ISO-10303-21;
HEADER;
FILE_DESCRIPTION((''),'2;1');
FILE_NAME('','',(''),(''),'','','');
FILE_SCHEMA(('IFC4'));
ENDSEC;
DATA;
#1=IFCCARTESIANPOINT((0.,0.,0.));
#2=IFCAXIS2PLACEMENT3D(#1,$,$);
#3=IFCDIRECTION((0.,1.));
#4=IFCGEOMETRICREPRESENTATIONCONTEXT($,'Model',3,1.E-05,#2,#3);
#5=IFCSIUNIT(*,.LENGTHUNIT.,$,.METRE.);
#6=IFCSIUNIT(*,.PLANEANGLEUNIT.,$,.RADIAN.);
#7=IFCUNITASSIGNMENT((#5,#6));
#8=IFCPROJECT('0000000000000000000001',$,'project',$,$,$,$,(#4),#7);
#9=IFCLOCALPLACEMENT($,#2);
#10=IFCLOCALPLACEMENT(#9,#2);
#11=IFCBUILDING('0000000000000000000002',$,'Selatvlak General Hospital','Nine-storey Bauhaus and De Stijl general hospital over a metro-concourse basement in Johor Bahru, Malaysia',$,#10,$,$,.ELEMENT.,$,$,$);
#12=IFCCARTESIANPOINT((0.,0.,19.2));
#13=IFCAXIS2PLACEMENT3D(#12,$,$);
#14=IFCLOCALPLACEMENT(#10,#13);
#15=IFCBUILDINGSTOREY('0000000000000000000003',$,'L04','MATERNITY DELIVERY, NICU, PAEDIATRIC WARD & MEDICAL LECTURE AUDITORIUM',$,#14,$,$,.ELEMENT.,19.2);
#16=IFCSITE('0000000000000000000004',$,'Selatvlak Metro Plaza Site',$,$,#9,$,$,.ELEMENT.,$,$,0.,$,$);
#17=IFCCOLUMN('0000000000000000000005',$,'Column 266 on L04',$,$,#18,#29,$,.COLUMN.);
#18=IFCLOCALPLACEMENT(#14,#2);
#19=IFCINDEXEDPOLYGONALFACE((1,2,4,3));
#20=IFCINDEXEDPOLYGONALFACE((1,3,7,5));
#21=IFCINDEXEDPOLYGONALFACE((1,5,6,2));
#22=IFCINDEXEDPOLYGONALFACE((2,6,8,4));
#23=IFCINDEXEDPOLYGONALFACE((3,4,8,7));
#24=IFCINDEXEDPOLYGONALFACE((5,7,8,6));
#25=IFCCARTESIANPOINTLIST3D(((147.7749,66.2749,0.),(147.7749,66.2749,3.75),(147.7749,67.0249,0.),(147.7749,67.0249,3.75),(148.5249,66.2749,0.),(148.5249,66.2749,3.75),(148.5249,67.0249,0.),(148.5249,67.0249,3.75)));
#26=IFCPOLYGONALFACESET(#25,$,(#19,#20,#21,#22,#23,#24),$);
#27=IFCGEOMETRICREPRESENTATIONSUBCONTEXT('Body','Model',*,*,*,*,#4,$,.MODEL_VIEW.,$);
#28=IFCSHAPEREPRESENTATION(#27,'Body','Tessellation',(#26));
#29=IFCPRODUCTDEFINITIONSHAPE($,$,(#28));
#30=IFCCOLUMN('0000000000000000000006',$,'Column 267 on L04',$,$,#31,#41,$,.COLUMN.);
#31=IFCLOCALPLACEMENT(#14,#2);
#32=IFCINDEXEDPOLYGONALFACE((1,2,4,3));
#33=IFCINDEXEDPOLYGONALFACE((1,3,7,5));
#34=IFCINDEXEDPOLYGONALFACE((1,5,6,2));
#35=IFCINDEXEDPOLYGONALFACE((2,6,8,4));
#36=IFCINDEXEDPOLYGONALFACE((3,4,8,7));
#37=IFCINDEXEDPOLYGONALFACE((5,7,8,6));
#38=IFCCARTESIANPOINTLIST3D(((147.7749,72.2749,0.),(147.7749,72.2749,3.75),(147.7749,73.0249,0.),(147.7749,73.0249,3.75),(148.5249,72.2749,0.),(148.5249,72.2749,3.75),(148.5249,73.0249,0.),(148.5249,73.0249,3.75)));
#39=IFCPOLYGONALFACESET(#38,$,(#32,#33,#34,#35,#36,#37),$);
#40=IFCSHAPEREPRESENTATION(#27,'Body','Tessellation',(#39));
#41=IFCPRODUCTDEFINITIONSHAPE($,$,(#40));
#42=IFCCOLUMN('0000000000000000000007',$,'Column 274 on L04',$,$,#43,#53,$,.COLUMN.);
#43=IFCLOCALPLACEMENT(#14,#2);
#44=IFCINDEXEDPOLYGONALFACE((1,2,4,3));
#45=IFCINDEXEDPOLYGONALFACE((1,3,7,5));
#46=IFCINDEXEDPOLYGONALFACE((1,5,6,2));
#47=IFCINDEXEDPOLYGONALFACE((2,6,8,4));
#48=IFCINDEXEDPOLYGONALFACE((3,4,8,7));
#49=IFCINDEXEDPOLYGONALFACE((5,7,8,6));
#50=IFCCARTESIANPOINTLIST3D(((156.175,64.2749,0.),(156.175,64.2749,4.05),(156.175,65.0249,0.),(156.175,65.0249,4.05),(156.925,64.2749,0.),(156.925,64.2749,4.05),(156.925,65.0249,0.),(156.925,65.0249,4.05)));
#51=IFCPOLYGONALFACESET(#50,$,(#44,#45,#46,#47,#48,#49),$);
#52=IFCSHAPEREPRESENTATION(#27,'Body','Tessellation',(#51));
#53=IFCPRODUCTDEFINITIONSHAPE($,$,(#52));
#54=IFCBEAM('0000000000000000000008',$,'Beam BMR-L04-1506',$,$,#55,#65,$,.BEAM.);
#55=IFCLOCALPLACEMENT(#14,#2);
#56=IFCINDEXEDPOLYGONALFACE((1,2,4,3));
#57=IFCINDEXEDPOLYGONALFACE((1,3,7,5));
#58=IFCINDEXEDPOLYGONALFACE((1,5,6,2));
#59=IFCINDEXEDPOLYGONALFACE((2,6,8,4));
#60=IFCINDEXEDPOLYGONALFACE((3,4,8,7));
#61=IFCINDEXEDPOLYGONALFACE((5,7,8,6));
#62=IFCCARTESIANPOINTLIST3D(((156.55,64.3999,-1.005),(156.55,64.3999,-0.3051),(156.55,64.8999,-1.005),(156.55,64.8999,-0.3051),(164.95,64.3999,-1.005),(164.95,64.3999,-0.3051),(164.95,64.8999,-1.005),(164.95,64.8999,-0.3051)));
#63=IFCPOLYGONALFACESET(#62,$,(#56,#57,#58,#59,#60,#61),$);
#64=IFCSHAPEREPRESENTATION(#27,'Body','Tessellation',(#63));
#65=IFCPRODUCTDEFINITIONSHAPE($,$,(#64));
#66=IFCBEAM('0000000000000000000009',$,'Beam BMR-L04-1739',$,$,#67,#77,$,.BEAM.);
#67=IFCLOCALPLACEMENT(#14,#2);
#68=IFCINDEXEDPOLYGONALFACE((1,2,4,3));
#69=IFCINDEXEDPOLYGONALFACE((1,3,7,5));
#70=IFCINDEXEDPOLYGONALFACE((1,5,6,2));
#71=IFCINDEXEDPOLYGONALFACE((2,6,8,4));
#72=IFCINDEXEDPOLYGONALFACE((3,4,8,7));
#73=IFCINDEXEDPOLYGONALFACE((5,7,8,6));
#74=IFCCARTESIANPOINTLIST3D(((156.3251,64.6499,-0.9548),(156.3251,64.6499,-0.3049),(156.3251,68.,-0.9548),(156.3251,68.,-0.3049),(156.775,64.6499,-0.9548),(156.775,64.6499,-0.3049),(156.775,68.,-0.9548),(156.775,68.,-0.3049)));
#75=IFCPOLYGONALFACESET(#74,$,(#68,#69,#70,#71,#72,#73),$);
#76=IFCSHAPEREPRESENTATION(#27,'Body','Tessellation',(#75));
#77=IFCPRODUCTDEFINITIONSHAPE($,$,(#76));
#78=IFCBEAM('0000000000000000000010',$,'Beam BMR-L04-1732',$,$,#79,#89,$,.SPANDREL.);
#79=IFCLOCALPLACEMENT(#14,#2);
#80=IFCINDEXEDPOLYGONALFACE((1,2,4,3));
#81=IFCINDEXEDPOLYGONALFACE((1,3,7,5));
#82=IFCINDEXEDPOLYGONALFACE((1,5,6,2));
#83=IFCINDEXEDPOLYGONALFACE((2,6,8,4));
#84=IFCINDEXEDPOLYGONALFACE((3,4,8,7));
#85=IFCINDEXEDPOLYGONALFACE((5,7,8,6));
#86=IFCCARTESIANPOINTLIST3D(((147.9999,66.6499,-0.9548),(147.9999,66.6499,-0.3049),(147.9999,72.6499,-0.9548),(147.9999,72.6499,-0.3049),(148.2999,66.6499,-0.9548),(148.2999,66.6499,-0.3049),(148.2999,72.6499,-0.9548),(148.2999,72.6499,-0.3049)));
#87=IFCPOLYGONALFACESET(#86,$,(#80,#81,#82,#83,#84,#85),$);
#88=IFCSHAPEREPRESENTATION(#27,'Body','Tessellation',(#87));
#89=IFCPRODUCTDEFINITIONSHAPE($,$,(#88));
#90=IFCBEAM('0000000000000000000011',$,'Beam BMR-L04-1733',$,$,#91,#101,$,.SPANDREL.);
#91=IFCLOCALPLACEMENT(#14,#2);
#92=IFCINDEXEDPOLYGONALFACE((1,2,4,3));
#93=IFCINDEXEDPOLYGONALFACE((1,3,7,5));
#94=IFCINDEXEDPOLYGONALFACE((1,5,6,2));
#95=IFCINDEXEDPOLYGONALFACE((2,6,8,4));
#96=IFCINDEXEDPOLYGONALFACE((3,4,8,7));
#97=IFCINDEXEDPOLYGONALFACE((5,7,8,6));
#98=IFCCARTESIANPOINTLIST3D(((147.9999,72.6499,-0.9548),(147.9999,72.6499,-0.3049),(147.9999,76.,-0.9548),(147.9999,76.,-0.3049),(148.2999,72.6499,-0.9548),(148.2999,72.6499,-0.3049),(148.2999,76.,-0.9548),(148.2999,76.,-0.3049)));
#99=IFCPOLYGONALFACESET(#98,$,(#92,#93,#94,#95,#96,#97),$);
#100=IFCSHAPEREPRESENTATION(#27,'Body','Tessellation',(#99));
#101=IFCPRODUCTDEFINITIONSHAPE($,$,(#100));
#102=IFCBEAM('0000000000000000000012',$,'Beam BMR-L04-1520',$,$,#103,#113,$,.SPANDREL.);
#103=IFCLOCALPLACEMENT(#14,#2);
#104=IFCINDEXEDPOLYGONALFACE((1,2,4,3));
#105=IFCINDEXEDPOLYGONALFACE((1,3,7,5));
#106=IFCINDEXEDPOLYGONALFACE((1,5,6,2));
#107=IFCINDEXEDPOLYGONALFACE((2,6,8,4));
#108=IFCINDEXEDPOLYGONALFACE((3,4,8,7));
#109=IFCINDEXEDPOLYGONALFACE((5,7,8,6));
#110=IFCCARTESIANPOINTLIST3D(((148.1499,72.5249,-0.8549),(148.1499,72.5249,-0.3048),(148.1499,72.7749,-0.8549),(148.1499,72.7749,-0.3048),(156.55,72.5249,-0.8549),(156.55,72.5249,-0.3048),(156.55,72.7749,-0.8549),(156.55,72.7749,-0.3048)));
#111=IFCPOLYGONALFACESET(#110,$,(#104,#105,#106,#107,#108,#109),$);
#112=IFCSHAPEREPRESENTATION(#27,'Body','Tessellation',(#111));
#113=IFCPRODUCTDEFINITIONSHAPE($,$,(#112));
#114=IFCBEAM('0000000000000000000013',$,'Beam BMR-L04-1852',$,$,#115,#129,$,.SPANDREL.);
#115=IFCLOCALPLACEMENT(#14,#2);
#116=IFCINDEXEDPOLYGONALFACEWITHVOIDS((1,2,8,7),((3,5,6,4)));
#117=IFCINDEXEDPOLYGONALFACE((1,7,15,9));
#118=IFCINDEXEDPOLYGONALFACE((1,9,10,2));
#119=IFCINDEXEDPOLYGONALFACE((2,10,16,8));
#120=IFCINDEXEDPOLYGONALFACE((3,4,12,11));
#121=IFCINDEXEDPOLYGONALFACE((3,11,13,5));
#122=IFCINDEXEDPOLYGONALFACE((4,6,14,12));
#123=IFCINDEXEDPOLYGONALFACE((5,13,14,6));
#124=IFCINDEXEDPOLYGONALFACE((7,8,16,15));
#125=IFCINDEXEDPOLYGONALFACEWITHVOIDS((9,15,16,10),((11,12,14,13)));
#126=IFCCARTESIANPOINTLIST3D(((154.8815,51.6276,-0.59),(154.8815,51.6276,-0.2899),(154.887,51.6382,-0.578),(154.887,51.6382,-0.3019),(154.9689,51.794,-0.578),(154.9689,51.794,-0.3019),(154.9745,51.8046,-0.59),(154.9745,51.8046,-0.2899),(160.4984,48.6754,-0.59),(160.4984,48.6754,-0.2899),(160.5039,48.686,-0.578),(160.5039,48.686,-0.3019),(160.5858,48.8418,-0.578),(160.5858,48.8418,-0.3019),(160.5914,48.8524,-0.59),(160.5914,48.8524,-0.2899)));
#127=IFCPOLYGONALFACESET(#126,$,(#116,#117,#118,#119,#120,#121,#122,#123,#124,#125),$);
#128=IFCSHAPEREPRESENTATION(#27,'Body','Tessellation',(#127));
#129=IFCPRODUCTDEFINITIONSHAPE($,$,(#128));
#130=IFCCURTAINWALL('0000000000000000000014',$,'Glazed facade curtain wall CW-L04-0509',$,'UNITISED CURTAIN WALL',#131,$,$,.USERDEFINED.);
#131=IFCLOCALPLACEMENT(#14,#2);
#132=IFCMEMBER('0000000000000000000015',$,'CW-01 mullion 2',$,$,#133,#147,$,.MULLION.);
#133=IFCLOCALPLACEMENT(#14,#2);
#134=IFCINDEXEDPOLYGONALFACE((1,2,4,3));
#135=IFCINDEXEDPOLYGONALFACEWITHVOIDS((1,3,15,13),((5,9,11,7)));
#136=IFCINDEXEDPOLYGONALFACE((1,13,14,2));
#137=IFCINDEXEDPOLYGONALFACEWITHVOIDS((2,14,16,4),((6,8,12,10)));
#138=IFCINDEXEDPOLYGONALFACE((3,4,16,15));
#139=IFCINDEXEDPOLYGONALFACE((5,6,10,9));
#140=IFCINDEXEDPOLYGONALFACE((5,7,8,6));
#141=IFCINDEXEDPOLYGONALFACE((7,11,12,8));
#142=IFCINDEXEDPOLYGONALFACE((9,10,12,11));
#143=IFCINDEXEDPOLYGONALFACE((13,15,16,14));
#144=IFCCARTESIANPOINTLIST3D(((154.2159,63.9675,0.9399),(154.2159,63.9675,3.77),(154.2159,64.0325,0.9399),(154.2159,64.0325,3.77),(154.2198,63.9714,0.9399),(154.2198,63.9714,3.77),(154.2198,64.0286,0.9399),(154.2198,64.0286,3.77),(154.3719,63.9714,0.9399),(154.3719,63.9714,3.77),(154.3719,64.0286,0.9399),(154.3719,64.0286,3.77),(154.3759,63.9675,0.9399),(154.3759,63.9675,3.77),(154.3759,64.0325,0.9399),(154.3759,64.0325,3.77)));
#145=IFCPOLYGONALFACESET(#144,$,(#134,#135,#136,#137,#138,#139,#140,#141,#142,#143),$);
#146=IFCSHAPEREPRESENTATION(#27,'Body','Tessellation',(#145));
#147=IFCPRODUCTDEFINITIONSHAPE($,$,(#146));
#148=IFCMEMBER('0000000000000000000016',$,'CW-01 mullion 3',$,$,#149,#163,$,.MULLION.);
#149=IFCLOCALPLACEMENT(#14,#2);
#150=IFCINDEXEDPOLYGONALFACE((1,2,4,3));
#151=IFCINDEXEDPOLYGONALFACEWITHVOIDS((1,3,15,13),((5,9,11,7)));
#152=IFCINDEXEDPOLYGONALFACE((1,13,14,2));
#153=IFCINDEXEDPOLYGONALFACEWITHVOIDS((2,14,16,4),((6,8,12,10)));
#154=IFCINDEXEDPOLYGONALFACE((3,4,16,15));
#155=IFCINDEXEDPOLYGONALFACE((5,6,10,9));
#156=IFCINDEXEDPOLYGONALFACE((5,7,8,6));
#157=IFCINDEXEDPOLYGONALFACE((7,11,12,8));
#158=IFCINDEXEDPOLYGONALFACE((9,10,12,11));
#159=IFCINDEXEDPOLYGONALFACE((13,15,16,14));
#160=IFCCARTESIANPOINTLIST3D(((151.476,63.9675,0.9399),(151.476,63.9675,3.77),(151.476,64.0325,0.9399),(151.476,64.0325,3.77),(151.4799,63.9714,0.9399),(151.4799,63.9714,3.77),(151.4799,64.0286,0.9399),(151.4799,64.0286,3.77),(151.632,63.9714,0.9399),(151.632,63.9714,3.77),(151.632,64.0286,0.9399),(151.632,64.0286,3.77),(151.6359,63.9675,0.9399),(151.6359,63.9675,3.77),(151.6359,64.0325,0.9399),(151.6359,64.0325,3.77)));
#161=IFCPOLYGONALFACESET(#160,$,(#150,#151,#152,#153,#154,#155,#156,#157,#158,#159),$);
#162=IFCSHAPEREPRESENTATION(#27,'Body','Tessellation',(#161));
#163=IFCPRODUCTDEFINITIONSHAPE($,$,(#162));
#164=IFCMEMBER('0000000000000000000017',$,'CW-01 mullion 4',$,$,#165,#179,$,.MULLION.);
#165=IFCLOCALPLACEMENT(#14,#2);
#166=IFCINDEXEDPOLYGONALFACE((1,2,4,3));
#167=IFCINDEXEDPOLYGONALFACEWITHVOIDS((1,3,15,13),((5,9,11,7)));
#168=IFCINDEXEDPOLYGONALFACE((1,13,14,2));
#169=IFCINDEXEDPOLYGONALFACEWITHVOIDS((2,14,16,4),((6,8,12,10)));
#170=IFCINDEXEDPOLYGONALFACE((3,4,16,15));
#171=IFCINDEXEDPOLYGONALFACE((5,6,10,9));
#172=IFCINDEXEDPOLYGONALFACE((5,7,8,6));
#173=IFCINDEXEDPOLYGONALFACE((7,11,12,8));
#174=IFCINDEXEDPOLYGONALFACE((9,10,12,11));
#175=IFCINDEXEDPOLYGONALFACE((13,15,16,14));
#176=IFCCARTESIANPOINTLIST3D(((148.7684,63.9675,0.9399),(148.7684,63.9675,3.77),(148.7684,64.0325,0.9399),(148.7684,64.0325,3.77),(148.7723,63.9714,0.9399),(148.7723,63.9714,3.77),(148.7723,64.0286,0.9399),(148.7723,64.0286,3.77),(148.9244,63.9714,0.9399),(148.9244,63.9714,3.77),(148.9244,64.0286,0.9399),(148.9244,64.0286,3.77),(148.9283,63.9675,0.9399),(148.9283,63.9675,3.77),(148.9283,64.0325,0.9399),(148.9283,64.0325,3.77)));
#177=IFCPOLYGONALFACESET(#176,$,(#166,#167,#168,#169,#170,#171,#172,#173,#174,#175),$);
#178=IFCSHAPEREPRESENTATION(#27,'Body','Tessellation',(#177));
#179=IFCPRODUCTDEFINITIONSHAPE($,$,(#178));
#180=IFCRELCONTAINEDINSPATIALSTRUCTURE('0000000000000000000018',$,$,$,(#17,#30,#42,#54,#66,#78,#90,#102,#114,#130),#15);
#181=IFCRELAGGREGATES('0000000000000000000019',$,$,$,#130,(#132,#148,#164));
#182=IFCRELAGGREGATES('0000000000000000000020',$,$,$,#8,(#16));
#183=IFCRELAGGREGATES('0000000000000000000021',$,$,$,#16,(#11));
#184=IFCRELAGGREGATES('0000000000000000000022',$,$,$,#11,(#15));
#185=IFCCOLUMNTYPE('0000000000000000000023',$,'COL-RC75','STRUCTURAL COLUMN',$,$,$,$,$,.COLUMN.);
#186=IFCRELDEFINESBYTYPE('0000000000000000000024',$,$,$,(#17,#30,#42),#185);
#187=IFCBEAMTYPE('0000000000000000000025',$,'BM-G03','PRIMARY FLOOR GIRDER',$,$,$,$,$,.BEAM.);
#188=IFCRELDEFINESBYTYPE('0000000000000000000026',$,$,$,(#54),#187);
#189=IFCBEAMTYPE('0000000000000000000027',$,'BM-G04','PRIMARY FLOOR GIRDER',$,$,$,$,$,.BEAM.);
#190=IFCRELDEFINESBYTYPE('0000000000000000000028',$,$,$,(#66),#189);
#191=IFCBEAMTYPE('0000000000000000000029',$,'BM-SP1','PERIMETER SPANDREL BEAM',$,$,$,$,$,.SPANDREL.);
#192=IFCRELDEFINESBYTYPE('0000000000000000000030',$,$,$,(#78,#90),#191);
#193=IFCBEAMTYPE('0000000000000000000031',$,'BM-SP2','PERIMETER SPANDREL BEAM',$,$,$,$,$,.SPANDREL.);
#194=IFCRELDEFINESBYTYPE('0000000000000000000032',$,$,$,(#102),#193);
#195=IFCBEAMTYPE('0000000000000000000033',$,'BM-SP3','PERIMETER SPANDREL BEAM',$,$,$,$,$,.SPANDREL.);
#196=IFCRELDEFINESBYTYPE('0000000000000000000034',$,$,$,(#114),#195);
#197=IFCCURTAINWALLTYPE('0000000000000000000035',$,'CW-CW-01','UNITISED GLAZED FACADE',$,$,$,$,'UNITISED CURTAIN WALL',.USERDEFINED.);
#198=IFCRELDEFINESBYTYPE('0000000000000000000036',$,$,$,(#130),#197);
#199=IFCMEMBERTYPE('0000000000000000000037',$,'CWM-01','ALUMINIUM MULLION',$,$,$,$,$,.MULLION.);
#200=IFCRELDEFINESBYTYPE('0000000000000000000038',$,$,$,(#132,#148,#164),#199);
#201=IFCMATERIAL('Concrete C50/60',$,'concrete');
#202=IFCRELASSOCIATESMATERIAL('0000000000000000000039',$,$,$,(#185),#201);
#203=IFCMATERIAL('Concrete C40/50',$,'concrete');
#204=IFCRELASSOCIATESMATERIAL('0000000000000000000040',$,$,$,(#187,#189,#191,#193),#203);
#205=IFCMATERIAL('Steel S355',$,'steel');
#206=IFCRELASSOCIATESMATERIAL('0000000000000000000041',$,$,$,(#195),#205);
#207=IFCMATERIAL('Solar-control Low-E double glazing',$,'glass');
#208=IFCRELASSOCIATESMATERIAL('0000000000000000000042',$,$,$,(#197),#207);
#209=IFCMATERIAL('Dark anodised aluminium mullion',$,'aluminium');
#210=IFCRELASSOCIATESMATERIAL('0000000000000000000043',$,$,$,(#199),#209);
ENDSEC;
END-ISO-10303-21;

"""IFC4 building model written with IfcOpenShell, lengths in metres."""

from ifc_helpers import new_model, si_unit, direction, frame, origin, origin_2d, place, context, subcontext, project, spatial, rectangle, hollow_rectangle, extrude, material, material_profile, profile_set, type_object, element, aggregate, save


model = new_model("IFC4")

# Units and contexts
model_context = context("Model", 3, precision=1e-05, world=origin(), true_north=direction((0.0, 1.0)))
body_context = subcontext(model_context, "Body", "Model", "MODEL_VIEW")
ifc_project = project(units=[si_unit("LENGTHUNIT", "METRE"), si_unit("PLANEANGLEUNIT", "RADIAN")], contexts=[model_context])

# Site, building, storey
site_placement = place(None, origin())
site = spatial("IfcSite", under=ifc_project, at=site_placement, Name="Selatvlak Metro Plaza Site", CompositionType="ELEMENT", RefElevation=0.0)
building_placement = place(site_placement, origin())
building = spatial("IfcBuilding", under=site, at=building_placement, Name="Selatvlak General Hospital", Description="Nine-storey Bauhaus and De Stijl general hospital over a metro-concourse basement in Johor Bahru, Malaysia", CompositionType="ELEMENT")
storey_placement = place(building_placement, frame((0.0, 0.0, 19.2)))
storey = spatial("IfcBuildingStorey", under=building, at=storey_placement, Name="L04", Description="MATERNITY DELIVERY, NICU, PAEDIATRIC WARD & MEDICAL LECTURE AUDITORIUM", CompositionType="ELEMENT", Elevation=19.2)

# Columns
ifc_material_1 = material(Name="Concrete C50/60", Category="concrete")
ifc_material_profile_1 = material_profile(ifc_material_1, rectangle(XDim=0.75, YDim=0.75, at=origin_2d()), Name="RC-COL 750x750")
ifc_profile_set_1 = profile_set([ifc_material_profile_1], Name="Concrete C50/60")
column_type = type_object("IfcColumnType", Name="COL-RC75", Description="STRUCTURAL COLUMN", PredefinedType="COLUMN", material=ifc_profile_set_1)
for number, where, z_axis, x_axis, name in (
    (1, (148.1499, 66.6499, 0.0), (0.0, 0.0, 1.0), (1.0, 0.0, 0.0), "Column 266 on L04"),
    (2, (148.1499, 72.6499, 0.0), (0.0, 0.0, 1.0), (1.0, 0.0, 0.0), "Column 267 on L04"),
):
    element("IfcColumn", number, at=place(storey_placement, frame(where, z_axis=z_axis, x_axis=x_axis)), inside=storey, type_object=column_type, Name=name, PredefinedType="COLUMN", context=body_context, shape_type="SweptSolid", body=[
        extrude(rectangle(XDim=0.75, YDim=0.75, at=origin_2d()), origin(), (0.0, 0.0, 1.0), 3.75),
    ])
column_placement = place(storey_placement, frame((156.55, 64.6499, 0.0), z_axis=(0.0, 0.0, 1.0), x_axis=(1.0, 0.0, 0.0)))
element("IfcColumn", 3, at=column_placement, inside=storey, type_object=column_type, Name="Column 274 on L04", PredefinedType="COLUMN", context=body_context, shape_type="SweptSolid", body=[
    extrude(rectangle(XDim=0.75, YDim=0.75, at=origin_2d()), origin(), (0.0, 0.0, 1.0), 4.05),
])

# Beams
ifc_material_2 = material(Name="Concrete C40/50", Category="concrete")
ifc_material_profile_2 = material_profile(ifc_material_2, rectangle(XDim=0.5, YDim=0.7, at=origin_2d()), Name="RC-BM 500x700")
ifc_profile_set_2 = profile_set([ifc_material_profile_2], Name="Concrete C40/50")
beam_type_1 = type_object("IfcBeamType", Name="BM-G03", Description="PRIMARY FLOOR GIRDER", PredefinedType="BEAM", material=ifc_profile_set_2)
beam_1_placement = place(storey_placement, frame((156.55, 64.6499, -0.655), z_axis=(1.0, 0.0, 0.0), x_axis=(0.0, 1.0, 0.0)))
element("IfcBeam", 4, at=beam_1_placement, inside=storey, type_object=beam_type_1, Name="Beam BMR-L04-1506", PredefinedType="BEAM", context=body_context, shape_type="SweptSolid", body=[
    extrude(rectangle(XDim=0.5, YDim=0.7, at=origin_2d()), origin(), (0.0, 0.0, 1.0), 8.3999),
])
ifc_material_profile_3 = material_profile(ifc_material_2, rectangle(XDim=0.45, YDim=0.6499, at=origin_2d()), Name="RC-BM 450x650")
ifc_profile_set_3 = profile_set([ifc_material_profile_3], Name="Concrete C40/50")
beam_type_2 = type_object("IfcBeamType", Name="BM-G04", Description="PRIMARY FLOOR GIRDER", PredefinedType="BEAM", material=ifc_profile_set_3)
beam_2_placement = place(storey_placement, frame((156.55, 64.6499, -0.6299), z_axis=(0.0, 1.0, 0.0), x_axis=(-1.0, 0.0, 0.0)))
element("IfcBeam", 5, at=beam_2_placement, inside=storey, type_object=beam_type_2, Name="Beam BMR-L04-1739", PredefinedType="BEAM", context=body_context, shape_type="SweptSolid", body=[
    extrude(rectangle(XDim=0.45, YDim=0.6499, at=origin_2d()), origin(), (0.0, 0.0, 1.0), 3.3501),
])
ifc_material_profile_4 = material_profile(ifc_material_2, rectangle(XDim=0.3, YDim=0.6499, at=origin_2d()), Name="RC-SP 300x650")
ifc_profile_set_4 = profile_set([ifc_material_profile_4], Name="Concrete C40/50")
beam_type_3 = type_object("IfcBeamType", Name="BM-SP1", Description="PERIMETER SPANDREL BEAM", PredefinedType="SPANDREL", material=ifc_profile_set_4)
beam_3_placement = place(storey_placement, frame((148.1499, 66.6499, -0.6299), z_axis=(0.0, 1.0, 0.0), x_axis=(-1.0, 0.0, 0.0)))
element("IfcBeam", 6, at=beam_3_placement, inside=storey, type_object=beam_type_3, Name="Beam BMR-L04-1732", PredefinedType="SPANDREL", context=body_context, shape_type="SweptSolid", body=[
    extrude(rectangle(XDim=0.3, YDim=0.6499, at=origin_2d()), origin(), (0.0, 0.0, 1.0), 6.0),
])
beam_4_placement = place(storey_placement, frame((148.1499, 72.6499, -0.6299), z_axis=(0.0, 1.0, 0.0), x_axis=(-1.0, 0.0, 0.0)))
element("IfcBeam", 7, at=beam_4_placement, inside=storey, type_object=beam_type_3, Name="Beam BMR-L04-1733", PredefinedType="SPANDREL", context=body_context, shape_type="SweptSolid", body=[
    extrude(rectangle(XDim=0.3, YDim=0.6499, at=origin_2d()), origin(), (0.0, 0.0, 1.0), 3.3501),
])
ifc_material_profile_5 = material_profile(ifc_material_2, rectangle(XDim=0.25, YDim=0.55, at=origin_2d()), Name="RC-SP 250x550")
ifc_profile_set_5 = profile_set([ifc_material_profile_5], Name="Concrete C40/50")
beam_type_4 = type_object("IfcBeamType", Name="BM-SP2", Description="PERIMETER SPANDREL BEAM", PredefinedType="SPANDREL", material=ifc_profile_set_5)
beam_5_placement = place(storey_placement, frame((148.1499, 72.6499, -0.5798), z_axis=(1.0, 0.0, 0.0), x_axis=(0.0, 1.0, 0.0)))
element("IfcBeam", 8, at=beam_5_placement, inside=storey, type_object=beam_type_4, Name="Beam BMR-L04-1520", PredefinedType="SPANDREL", context=body_context, shape_type="SweptSolid", body=[
    extrude(rectangle(XDim=0.25, YDim=0.55, at=origin_2d()), origin(), (0.0, 0.0, 1.0), 8.4001),
])
ifc_material_3 = material(Name="Steel S355", Category="steel")
ifc_material_profile_6 = material_profile(ifc_material_3, hollow_rectangle(XDim=0.2, YDim=0.3, WallThickness=0.012, at=origin_2d()), Name="RHS 300x200x12")
ifc_profile_set_6 = profile_set([ifc_material_profile_6], Name="Steel S355")
beam_type_5 = type_object("IfcBeamType", Name="BM-SP3", Description="PERIMETER SPANDREL BEAM", PredefinedType="SPANDREL", material=ifc_profile_set_6)
beam_6_placement = place(storey_placement, frame((154.928, 51.7161, -0.4399), z_axis=(0.885187, -0.465236, 0.0), x_axis=(0.465236, 0.885187, 0.0)))
element("IfcBeam", 9, at=beam_6_placement, inside=storey, type_object=beam_type_5, Name="Beam BMR-L04-1852", PredefinedType="SPANDREL", context=body_context, shape_type="SweptSolid", body=[
    extrude(hollow_rectangle(XDim=0.2, YDim=0.3, WallThickness=0.012, at=origin_2d()), origin(), (0.0, 0.0, 1.0), 6.3455),
])

# Curtain wall, members
ifc_material_4 = material(Name="Solar-control Low-E double glazing", Category="glass")
curtain_wall_type_1 = type_object("IfcCurtainWallType", Name="CW-CW-01", Description="UNITISED GLAZED FACADE", ElementType="UNITISED CURTAIN WALL", PredefinedType="USERDEFINED", material=ifc_material_4)
curtain_wall_1_placement = place(storey_placement, origin())
curtain_wall_1 = element("IfcCurtainWall", 10, at=curtain_wall_1_placement, inside=storey, type_object=curtain_wall_type_1, Name="Glazed facade curtain wall CW-L04-0509", ObjectType="UNITISED CURTAIN WALL", PredefinedType="USERDEFINED")
ifc_material_5 = material(Name="Dark anodised aluminium mullion", Category="aluminium")
ifc_material_profile_7 = material_profile(ifc_material_5, hollow_rectangle(XDim=0.0649, YDim=0.1599, WallThickness=0.0039, at=origin_2d()), Name="AL-MUL 65x160x4")
ifc_profile_set_7 = profile_set([ifc_material_profile_7], Name="Dark anodised aluminium mullion")
member_type_1 = type_object("IfcMemberType", Name="CWM-01", Description="ALUMINIUM MULLION", PredefinedType="MULLION", material=ifc_profile_set_7)
member_1_placement = place(storey_placement, frame((154.2959, 64.0, 0.9399), z_axis=(0.0, 0.0, 1.0), x_axis=(0.0, -1.0, 0.0)))
member_1 = element("IfcMember", 11, at=member_1_placement, type_object=member_type_1, Name="CW-01 mullion 2", PredefinedType="MULLION", context=body_context, shape_type="SweptSolid", body=[
    extrude(hollow_rectangle(XDim=0.0649, YDim=0.1599, WallThickness=0.0039, at=origin_2d()), origin(), (0.0, 0.0, 1.0), 2.8301),
])
member_2_placement = place(storey_placement, frame((151.5559, 64.0, 0.9399), z_axis=(0.0, 0.0, 1.0), x_axis=(0.0, -1.0, 0.0)))
member_2 = element("IfcMember", 12, at=member_2_placement, type_object=member_type_1, Name="CW-01 mullion 3", PredefinedType="MULLION", context=body_context, shape_type="SweptSolid", body=[
    extrude(hollow_rectangle(XDim=0.0649, YDim=0.1599, WallThickness=0.0039, at=origin_2d()), origin(), (0.0, 0.0, 1.0), 2.8301),
])
member_3_placement = place(storey_placement, frame((148.8484, 64.0, 0.9399), z_axis=(0.0, 0.0, 1.0), x_axis=(0.0, -1.0, 0.0)))
member_3 = element("IfcMember", 13, at=member_3_placement, type_object=member_type_1, Name="CW-01 mullion 4", PredefinedType="MULLION", context=body_context, shape_type="SweptSolid", body=[
    extrude(hollow_rectangle(XDim=0.0649, YDim=0.1599, WallThickness=0.0039, at=origin_2d()), origin(), (0.0, 0.0, 1.0), 2.8301),
])

aggregate(curtain_wall_1, [member_1, member_2, member_3])

save(model, "model.ifc")
